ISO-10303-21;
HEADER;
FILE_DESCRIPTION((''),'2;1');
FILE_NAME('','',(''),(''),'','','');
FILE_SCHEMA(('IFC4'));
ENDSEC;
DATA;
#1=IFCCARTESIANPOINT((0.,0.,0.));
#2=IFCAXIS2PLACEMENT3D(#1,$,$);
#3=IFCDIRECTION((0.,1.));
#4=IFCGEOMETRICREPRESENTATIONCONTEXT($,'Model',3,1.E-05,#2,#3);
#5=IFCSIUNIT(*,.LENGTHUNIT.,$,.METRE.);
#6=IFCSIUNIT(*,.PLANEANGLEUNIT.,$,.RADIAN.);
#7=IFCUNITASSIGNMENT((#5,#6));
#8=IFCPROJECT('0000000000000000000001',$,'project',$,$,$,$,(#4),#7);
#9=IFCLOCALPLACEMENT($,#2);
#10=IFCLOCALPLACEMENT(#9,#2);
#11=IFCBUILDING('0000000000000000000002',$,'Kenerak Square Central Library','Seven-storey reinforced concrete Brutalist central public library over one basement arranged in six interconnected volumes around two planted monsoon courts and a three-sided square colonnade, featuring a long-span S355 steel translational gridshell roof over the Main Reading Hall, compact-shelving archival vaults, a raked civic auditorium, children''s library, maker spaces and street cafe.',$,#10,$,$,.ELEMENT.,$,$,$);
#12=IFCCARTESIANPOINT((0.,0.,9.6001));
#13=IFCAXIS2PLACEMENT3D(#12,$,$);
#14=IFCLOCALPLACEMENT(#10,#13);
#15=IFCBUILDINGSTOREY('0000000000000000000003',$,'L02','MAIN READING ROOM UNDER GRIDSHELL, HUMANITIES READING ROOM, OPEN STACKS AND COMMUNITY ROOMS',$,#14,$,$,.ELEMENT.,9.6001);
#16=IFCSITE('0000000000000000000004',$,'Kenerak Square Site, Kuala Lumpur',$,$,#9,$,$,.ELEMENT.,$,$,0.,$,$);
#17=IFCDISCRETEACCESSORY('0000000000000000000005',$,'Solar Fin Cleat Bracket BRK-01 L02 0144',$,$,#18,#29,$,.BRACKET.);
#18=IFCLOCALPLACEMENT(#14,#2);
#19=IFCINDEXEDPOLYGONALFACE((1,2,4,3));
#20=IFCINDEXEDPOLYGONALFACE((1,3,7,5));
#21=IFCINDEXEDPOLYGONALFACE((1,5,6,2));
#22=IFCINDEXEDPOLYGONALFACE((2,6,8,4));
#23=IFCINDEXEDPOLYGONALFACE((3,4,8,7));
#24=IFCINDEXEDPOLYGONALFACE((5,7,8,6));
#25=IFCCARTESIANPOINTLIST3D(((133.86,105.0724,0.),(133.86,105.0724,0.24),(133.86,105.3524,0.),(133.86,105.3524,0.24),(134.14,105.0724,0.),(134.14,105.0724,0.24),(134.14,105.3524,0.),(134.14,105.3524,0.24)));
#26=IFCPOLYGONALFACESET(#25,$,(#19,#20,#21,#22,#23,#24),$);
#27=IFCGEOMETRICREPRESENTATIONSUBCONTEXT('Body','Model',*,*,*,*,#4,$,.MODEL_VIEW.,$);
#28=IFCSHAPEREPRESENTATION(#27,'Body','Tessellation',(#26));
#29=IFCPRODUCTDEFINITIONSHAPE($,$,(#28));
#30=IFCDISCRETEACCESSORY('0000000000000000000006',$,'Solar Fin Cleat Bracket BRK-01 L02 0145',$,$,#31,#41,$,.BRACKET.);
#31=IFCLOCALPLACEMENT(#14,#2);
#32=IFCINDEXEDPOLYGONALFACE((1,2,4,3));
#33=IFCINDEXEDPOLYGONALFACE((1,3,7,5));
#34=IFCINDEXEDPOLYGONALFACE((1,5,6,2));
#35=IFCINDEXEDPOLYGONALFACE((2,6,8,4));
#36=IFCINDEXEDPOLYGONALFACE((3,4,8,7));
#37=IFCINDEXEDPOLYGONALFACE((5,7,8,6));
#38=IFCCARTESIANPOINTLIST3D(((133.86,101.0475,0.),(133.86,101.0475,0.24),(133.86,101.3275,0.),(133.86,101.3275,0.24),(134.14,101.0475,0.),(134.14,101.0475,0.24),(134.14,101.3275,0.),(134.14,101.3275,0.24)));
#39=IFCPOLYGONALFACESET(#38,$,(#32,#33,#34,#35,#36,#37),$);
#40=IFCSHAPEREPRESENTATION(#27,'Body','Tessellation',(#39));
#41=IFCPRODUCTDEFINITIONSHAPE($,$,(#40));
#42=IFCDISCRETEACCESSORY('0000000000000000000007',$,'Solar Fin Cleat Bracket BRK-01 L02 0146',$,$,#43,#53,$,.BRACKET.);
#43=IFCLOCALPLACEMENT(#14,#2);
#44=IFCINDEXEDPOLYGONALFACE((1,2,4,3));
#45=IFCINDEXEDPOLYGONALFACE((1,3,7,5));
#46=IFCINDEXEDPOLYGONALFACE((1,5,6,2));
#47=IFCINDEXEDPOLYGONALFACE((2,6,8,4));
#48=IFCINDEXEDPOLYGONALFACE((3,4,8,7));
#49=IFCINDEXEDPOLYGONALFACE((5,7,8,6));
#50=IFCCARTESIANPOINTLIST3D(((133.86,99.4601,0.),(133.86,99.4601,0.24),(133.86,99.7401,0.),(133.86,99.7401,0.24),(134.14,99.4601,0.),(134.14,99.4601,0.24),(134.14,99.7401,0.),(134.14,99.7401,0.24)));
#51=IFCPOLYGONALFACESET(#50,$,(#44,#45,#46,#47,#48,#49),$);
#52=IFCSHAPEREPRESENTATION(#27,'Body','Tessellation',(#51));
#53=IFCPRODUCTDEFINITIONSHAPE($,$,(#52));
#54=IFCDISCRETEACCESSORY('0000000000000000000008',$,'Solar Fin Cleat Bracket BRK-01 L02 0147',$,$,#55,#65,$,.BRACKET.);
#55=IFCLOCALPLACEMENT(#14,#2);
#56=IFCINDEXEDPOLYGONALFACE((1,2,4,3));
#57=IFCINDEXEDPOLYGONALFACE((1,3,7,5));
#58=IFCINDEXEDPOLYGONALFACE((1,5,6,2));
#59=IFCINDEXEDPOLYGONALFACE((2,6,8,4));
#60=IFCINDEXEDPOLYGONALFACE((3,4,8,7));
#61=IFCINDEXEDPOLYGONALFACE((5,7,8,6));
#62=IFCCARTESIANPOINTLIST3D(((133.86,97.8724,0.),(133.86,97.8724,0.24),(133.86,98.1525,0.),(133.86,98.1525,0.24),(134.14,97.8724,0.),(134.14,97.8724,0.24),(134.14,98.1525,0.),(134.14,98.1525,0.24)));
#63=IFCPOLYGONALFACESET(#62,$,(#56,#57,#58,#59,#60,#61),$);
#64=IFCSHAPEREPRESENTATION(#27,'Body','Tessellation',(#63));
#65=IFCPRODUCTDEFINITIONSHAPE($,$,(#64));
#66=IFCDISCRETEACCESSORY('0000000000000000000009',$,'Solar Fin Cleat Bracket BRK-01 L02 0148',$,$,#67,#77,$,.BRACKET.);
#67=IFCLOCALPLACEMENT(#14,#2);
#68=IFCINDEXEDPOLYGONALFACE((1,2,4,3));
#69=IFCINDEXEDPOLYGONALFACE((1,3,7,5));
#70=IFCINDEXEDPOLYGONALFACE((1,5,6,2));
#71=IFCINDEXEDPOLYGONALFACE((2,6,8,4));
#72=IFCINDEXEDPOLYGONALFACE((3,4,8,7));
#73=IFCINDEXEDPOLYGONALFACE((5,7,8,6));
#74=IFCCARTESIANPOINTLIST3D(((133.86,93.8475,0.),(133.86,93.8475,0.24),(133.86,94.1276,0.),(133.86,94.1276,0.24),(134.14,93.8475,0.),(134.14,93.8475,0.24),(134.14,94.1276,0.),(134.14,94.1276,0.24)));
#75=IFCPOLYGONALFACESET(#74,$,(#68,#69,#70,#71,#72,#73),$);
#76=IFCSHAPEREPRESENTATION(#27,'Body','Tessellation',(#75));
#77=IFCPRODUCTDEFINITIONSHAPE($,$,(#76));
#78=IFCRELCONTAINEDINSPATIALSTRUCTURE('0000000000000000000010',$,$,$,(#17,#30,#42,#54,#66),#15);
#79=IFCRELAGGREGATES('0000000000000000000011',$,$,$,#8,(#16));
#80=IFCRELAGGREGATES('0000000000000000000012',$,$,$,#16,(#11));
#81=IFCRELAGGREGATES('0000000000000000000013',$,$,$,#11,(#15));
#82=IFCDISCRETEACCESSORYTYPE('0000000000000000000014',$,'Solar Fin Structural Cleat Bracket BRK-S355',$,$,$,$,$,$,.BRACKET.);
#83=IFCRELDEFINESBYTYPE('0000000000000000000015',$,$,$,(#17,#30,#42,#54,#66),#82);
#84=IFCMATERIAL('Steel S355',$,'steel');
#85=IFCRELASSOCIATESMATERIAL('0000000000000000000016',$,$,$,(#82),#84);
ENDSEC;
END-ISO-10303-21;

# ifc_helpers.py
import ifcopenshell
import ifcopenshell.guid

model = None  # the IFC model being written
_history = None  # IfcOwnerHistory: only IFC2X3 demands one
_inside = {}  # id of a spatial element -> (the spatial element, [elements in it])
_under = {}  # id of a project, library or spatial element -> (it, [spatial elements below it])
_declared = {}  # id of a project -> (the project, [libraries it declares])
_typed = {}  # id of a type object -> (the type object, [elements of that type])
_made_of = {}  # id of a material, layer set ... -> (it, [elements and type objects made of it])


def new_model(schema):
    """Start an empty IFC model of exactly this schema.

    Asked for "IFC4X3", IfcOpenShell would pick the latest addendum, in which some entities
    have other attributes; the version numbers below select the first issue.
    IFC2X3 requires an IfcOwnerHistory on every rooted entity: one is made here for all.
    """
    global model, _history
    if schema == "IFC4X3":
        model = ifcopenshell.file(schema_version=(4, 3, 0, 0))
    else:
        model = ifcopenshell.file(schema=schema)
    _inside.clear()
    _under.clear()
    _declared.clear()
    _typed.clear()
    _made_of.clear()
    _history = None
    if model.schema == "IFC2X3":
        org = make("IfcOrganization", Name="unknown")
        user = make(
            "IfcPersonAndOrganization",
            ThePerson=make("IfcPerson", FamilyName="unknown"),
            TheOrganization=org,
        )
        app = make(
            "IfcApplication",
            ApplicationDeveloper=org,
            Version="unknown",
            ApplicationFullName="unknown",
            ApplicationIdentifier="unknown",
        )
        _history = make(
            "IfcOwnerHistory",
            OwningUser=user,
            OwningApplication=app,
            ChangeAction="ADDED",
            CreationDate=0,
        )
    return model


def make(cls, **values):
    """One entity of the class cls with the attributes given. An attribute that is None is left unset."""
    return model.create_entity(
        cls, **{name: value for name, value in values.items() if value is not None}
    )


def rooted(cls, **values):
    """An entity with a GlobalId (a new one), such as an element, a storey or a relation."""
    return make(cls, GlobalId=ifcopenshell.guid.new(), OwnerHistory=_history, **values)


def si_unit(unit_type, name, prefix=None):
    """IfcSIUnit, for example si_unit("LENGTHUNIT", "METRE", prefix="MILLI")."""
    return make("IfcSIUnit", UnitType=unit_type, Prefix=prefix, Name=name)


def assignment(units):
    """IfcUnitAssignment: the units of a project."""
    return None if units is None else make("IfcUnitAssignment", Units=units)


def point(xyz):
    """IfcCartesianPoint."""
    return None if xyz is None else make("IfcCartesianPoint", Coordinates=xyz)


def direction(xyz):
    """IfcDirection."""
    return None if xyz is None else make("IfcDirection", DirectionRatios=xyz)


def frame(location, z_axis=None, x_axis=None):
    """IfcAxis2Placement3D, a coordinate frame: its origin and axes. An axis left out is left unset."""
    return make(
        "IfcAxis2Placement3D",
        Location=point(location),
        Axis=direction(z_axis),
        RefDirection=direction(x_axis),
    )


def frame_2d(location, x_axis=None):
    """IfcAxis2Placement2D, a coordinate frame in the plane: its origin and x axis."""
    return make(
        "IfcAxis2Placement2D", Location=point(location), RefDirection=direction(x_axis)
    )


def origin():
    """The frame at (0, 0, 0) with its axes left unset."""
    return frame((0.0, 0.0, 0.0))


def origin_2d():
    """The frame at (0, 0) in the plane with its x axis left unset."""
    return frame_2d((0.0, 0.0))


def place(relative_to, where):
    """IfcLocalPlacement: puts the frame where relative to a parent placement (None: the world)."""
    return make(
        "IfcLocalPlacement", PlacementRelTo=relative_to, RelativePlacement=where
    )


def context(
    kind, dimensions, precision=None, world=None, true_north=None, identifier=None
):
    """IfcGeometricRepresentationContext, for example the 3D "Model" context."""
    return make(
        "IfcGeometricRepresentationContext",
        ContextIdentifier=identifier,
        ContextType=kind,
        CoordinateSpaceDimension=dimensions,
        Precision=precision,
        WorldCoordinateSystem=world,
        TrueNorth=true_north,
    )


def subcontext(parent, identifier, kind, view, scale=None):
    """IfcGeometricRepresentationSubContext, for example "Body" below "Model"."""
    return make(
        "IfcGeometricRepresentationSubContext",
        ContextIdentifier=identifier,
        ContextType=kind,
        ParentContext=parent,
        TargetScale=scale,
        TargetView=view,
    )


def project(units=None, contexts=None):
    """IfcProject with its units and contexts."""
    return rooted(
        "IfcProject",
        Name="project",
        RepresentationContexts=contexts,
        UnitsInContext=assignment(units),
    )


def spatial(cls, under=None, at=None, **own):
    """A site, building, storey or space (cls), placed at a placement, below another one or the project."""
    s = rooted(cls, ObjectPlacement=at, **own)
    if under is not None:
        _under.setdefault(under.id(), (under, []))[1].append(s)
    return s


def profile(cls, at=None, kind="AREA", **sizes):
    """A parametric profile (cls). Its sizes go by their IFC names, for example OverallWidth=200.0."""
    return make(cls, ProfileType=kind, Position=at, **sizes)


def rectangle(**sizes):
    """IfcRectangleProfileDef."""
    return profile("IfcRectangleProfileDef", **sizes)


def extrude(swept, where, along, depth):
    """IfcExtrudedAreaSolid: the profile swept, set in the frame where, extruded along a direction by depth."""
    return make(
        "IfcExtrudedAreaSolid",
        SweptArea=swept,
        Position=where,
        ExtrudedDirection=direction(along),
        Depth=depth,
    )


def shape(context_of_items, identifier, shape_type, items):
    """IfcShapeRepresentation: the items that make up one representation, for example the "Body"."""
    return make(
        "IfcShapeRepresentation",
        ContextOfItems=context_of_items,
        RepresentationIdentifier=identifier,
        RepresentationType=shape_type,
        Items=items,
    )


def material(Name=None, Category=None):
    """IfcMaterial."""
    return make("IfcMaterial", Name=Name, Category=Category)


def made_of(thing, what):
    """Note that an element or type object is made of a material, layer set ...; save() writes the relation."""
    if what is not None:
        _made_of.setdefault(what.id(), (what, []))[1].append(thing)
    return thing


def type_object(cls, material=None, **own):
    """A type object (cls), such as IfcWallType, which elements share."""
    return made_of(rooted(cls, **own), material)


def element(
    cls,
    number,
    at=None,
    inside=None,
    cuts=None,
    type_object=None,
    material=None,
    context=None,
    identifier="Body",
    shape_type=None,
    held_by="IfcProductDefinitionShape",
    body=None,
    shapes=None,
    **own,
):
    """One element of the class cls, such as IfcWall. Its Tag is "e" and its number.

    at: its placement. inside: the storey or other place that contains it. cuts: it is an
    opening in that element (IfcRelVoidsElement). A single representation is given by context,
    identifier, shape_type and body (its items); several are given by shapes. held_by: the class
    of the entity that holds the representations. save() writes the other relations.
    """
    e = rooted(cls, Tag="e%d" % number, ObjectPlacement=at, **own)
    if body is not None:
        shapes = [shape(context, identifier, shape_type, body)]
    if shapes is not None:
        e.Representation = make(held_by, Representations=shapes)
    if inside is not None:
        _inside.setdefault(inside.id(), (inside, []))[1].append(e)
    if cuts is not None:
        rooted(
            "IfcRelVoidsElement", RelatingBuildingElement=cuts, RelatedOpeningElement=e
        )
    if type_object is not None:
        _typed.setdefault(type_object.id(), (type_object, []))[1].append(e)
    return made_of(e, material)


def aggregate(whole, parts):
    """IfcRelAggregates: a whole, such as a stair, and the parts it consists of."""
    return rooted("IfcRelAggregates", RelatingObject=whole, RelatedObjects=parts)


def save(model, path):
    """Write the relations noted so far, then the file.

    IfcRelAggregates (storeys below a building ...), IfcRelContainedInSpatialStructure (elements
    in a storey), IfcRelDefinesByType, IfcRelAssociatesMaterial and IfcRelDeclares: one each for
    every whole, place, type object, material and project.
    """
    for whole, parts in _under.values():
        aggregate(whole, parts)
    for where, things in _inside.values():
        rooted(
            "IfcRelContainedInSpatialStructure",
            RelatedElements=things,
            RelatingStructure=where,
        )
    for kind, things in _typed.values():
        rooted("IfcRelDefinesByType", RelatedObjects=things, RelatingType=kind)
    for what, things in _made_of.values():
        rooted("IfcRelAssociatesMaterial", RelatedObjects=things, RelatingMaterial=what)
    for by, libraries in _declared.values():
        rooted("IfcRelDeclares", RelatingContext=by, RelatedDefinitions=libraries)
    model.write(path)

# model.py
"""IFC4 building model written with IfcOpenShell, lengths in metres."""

from ifc_helpers import new_model, si_unit, direction, frame, origin, origin_2d, place, context, subcontext, project, spatial, rectangle, extrude, material, type_object, element, save


model = new_model("IFC4")

# Units and contexts
model_context = context("Model", 3, precision=1e-05, world=origin(), true_north=direction((0.0, 1.0)))
body_context = subcontext(model_context, "Body", "Model", "MODEL_VIEW")
ifc_project = project(units=[si_unit("LENGTHUNIT", "METRE"), si_unit("PLANEANGLEUNIT", "RADIAN")], contexts=[model_context])

# Site, building, storey
site_placement = place(None, origin())
site = spatial("IfcSite", under=ifc_project, at=site_placement, Name="Kenerak Square Site, Kuala Lumpur", CompositionType="ELEMENT", RefElevation=0.0)
building_placement = place(site_placement, origin())
building = spatial("IfcBuilding", under=site, at=building_placement, Name="Kenerak Square Central Library", Description="Seven-storey reinforced concrete Brutalist central public library over one basement arranged in six interconnected volumes around two planted monsoon courts and a three-sided square colonnade, featuring a long-span S355 steel translational gridshell roof over the Main Reading Hall, compact-shelving archival vaults, a raked civic auditorium, children's library, maker spaces and street cafe.", CompositionType="ELEMENT")
storey_placement = place(building_placement, frame((0.0, 0.0, 9.6001)))
storey = spatial("IfcBuildingStorey", under=building, at=storey_placement, Name="L02", Description="MAIN READING ROOM UNDER GRIDSHELL, HUMANITIES READING ROOM, OPEN STACKS AND COMMUNITY ROOMS", CompositionType="ELEMENT", Elevation=9.6001)

# Discrete accessories
ifc_material_1 = material(Name="Steel S355", Category="steel")
discrete_accessory_type = type_object("IfcDiscreteAccessoryType", Name="Solar Fin Structural Cleat Bracket BRK-S355", PredefinedType="BRACKET", material=ifc_material_1)
for number, where, z_axis, x_axis, name in (
    (1, (134.0, 105.2124, 0.0), (0.0, 0.0, 1.0), (0.0, -1.0, 0.0), "Solar Fin Cleat Bracket BRK-01 L02 0144"),
    (2, (134.0, 101.1875, 0.0), (0.0, 0.0, 1.0), (0.0, -1.0, 0.0), "Solar Fin Cleat Bracket BRK-01 L02 0145"),
    (3, (134.0, 99.6001, 0.0), (0.0, 0.0, 1.0), (0.0, -1.0, 0.0), "Solar Fin Cleat Bracket BRK-01 L02 0146"),
    (4, (134.0, 98.0125, 0.0), (0.0, 0.0, 1.0), (0.0, -1.0, 0.0), "Solar Fin Cleat Bracket BRK-01 L02 0147"),
    (5, (134.0, 93.9875, 0.0), (0.0, 0.0, 1.0), (0.0, -1.0, 0.0), "Solar Fin Cleat Bracket BRK-01 L02 0148"),
):
    element("IfcDiscreteAccessory", number, at=place(storey_placement, frame(where, z_axis=z_axis, x_axis=x_axis)), inside=storey, type_object=discrete_accessory_type, Name=name, PredefinedType="BRACKET", context=body_context, shape_type="SweptSolid", body=[
        extrude(rectangle(XDim=0.28, YDim=0.28, at=origin_2d()), origin(), (0.0, 0.0, 1.0), 0.24),
    ])

save(model, "model.ifc")
